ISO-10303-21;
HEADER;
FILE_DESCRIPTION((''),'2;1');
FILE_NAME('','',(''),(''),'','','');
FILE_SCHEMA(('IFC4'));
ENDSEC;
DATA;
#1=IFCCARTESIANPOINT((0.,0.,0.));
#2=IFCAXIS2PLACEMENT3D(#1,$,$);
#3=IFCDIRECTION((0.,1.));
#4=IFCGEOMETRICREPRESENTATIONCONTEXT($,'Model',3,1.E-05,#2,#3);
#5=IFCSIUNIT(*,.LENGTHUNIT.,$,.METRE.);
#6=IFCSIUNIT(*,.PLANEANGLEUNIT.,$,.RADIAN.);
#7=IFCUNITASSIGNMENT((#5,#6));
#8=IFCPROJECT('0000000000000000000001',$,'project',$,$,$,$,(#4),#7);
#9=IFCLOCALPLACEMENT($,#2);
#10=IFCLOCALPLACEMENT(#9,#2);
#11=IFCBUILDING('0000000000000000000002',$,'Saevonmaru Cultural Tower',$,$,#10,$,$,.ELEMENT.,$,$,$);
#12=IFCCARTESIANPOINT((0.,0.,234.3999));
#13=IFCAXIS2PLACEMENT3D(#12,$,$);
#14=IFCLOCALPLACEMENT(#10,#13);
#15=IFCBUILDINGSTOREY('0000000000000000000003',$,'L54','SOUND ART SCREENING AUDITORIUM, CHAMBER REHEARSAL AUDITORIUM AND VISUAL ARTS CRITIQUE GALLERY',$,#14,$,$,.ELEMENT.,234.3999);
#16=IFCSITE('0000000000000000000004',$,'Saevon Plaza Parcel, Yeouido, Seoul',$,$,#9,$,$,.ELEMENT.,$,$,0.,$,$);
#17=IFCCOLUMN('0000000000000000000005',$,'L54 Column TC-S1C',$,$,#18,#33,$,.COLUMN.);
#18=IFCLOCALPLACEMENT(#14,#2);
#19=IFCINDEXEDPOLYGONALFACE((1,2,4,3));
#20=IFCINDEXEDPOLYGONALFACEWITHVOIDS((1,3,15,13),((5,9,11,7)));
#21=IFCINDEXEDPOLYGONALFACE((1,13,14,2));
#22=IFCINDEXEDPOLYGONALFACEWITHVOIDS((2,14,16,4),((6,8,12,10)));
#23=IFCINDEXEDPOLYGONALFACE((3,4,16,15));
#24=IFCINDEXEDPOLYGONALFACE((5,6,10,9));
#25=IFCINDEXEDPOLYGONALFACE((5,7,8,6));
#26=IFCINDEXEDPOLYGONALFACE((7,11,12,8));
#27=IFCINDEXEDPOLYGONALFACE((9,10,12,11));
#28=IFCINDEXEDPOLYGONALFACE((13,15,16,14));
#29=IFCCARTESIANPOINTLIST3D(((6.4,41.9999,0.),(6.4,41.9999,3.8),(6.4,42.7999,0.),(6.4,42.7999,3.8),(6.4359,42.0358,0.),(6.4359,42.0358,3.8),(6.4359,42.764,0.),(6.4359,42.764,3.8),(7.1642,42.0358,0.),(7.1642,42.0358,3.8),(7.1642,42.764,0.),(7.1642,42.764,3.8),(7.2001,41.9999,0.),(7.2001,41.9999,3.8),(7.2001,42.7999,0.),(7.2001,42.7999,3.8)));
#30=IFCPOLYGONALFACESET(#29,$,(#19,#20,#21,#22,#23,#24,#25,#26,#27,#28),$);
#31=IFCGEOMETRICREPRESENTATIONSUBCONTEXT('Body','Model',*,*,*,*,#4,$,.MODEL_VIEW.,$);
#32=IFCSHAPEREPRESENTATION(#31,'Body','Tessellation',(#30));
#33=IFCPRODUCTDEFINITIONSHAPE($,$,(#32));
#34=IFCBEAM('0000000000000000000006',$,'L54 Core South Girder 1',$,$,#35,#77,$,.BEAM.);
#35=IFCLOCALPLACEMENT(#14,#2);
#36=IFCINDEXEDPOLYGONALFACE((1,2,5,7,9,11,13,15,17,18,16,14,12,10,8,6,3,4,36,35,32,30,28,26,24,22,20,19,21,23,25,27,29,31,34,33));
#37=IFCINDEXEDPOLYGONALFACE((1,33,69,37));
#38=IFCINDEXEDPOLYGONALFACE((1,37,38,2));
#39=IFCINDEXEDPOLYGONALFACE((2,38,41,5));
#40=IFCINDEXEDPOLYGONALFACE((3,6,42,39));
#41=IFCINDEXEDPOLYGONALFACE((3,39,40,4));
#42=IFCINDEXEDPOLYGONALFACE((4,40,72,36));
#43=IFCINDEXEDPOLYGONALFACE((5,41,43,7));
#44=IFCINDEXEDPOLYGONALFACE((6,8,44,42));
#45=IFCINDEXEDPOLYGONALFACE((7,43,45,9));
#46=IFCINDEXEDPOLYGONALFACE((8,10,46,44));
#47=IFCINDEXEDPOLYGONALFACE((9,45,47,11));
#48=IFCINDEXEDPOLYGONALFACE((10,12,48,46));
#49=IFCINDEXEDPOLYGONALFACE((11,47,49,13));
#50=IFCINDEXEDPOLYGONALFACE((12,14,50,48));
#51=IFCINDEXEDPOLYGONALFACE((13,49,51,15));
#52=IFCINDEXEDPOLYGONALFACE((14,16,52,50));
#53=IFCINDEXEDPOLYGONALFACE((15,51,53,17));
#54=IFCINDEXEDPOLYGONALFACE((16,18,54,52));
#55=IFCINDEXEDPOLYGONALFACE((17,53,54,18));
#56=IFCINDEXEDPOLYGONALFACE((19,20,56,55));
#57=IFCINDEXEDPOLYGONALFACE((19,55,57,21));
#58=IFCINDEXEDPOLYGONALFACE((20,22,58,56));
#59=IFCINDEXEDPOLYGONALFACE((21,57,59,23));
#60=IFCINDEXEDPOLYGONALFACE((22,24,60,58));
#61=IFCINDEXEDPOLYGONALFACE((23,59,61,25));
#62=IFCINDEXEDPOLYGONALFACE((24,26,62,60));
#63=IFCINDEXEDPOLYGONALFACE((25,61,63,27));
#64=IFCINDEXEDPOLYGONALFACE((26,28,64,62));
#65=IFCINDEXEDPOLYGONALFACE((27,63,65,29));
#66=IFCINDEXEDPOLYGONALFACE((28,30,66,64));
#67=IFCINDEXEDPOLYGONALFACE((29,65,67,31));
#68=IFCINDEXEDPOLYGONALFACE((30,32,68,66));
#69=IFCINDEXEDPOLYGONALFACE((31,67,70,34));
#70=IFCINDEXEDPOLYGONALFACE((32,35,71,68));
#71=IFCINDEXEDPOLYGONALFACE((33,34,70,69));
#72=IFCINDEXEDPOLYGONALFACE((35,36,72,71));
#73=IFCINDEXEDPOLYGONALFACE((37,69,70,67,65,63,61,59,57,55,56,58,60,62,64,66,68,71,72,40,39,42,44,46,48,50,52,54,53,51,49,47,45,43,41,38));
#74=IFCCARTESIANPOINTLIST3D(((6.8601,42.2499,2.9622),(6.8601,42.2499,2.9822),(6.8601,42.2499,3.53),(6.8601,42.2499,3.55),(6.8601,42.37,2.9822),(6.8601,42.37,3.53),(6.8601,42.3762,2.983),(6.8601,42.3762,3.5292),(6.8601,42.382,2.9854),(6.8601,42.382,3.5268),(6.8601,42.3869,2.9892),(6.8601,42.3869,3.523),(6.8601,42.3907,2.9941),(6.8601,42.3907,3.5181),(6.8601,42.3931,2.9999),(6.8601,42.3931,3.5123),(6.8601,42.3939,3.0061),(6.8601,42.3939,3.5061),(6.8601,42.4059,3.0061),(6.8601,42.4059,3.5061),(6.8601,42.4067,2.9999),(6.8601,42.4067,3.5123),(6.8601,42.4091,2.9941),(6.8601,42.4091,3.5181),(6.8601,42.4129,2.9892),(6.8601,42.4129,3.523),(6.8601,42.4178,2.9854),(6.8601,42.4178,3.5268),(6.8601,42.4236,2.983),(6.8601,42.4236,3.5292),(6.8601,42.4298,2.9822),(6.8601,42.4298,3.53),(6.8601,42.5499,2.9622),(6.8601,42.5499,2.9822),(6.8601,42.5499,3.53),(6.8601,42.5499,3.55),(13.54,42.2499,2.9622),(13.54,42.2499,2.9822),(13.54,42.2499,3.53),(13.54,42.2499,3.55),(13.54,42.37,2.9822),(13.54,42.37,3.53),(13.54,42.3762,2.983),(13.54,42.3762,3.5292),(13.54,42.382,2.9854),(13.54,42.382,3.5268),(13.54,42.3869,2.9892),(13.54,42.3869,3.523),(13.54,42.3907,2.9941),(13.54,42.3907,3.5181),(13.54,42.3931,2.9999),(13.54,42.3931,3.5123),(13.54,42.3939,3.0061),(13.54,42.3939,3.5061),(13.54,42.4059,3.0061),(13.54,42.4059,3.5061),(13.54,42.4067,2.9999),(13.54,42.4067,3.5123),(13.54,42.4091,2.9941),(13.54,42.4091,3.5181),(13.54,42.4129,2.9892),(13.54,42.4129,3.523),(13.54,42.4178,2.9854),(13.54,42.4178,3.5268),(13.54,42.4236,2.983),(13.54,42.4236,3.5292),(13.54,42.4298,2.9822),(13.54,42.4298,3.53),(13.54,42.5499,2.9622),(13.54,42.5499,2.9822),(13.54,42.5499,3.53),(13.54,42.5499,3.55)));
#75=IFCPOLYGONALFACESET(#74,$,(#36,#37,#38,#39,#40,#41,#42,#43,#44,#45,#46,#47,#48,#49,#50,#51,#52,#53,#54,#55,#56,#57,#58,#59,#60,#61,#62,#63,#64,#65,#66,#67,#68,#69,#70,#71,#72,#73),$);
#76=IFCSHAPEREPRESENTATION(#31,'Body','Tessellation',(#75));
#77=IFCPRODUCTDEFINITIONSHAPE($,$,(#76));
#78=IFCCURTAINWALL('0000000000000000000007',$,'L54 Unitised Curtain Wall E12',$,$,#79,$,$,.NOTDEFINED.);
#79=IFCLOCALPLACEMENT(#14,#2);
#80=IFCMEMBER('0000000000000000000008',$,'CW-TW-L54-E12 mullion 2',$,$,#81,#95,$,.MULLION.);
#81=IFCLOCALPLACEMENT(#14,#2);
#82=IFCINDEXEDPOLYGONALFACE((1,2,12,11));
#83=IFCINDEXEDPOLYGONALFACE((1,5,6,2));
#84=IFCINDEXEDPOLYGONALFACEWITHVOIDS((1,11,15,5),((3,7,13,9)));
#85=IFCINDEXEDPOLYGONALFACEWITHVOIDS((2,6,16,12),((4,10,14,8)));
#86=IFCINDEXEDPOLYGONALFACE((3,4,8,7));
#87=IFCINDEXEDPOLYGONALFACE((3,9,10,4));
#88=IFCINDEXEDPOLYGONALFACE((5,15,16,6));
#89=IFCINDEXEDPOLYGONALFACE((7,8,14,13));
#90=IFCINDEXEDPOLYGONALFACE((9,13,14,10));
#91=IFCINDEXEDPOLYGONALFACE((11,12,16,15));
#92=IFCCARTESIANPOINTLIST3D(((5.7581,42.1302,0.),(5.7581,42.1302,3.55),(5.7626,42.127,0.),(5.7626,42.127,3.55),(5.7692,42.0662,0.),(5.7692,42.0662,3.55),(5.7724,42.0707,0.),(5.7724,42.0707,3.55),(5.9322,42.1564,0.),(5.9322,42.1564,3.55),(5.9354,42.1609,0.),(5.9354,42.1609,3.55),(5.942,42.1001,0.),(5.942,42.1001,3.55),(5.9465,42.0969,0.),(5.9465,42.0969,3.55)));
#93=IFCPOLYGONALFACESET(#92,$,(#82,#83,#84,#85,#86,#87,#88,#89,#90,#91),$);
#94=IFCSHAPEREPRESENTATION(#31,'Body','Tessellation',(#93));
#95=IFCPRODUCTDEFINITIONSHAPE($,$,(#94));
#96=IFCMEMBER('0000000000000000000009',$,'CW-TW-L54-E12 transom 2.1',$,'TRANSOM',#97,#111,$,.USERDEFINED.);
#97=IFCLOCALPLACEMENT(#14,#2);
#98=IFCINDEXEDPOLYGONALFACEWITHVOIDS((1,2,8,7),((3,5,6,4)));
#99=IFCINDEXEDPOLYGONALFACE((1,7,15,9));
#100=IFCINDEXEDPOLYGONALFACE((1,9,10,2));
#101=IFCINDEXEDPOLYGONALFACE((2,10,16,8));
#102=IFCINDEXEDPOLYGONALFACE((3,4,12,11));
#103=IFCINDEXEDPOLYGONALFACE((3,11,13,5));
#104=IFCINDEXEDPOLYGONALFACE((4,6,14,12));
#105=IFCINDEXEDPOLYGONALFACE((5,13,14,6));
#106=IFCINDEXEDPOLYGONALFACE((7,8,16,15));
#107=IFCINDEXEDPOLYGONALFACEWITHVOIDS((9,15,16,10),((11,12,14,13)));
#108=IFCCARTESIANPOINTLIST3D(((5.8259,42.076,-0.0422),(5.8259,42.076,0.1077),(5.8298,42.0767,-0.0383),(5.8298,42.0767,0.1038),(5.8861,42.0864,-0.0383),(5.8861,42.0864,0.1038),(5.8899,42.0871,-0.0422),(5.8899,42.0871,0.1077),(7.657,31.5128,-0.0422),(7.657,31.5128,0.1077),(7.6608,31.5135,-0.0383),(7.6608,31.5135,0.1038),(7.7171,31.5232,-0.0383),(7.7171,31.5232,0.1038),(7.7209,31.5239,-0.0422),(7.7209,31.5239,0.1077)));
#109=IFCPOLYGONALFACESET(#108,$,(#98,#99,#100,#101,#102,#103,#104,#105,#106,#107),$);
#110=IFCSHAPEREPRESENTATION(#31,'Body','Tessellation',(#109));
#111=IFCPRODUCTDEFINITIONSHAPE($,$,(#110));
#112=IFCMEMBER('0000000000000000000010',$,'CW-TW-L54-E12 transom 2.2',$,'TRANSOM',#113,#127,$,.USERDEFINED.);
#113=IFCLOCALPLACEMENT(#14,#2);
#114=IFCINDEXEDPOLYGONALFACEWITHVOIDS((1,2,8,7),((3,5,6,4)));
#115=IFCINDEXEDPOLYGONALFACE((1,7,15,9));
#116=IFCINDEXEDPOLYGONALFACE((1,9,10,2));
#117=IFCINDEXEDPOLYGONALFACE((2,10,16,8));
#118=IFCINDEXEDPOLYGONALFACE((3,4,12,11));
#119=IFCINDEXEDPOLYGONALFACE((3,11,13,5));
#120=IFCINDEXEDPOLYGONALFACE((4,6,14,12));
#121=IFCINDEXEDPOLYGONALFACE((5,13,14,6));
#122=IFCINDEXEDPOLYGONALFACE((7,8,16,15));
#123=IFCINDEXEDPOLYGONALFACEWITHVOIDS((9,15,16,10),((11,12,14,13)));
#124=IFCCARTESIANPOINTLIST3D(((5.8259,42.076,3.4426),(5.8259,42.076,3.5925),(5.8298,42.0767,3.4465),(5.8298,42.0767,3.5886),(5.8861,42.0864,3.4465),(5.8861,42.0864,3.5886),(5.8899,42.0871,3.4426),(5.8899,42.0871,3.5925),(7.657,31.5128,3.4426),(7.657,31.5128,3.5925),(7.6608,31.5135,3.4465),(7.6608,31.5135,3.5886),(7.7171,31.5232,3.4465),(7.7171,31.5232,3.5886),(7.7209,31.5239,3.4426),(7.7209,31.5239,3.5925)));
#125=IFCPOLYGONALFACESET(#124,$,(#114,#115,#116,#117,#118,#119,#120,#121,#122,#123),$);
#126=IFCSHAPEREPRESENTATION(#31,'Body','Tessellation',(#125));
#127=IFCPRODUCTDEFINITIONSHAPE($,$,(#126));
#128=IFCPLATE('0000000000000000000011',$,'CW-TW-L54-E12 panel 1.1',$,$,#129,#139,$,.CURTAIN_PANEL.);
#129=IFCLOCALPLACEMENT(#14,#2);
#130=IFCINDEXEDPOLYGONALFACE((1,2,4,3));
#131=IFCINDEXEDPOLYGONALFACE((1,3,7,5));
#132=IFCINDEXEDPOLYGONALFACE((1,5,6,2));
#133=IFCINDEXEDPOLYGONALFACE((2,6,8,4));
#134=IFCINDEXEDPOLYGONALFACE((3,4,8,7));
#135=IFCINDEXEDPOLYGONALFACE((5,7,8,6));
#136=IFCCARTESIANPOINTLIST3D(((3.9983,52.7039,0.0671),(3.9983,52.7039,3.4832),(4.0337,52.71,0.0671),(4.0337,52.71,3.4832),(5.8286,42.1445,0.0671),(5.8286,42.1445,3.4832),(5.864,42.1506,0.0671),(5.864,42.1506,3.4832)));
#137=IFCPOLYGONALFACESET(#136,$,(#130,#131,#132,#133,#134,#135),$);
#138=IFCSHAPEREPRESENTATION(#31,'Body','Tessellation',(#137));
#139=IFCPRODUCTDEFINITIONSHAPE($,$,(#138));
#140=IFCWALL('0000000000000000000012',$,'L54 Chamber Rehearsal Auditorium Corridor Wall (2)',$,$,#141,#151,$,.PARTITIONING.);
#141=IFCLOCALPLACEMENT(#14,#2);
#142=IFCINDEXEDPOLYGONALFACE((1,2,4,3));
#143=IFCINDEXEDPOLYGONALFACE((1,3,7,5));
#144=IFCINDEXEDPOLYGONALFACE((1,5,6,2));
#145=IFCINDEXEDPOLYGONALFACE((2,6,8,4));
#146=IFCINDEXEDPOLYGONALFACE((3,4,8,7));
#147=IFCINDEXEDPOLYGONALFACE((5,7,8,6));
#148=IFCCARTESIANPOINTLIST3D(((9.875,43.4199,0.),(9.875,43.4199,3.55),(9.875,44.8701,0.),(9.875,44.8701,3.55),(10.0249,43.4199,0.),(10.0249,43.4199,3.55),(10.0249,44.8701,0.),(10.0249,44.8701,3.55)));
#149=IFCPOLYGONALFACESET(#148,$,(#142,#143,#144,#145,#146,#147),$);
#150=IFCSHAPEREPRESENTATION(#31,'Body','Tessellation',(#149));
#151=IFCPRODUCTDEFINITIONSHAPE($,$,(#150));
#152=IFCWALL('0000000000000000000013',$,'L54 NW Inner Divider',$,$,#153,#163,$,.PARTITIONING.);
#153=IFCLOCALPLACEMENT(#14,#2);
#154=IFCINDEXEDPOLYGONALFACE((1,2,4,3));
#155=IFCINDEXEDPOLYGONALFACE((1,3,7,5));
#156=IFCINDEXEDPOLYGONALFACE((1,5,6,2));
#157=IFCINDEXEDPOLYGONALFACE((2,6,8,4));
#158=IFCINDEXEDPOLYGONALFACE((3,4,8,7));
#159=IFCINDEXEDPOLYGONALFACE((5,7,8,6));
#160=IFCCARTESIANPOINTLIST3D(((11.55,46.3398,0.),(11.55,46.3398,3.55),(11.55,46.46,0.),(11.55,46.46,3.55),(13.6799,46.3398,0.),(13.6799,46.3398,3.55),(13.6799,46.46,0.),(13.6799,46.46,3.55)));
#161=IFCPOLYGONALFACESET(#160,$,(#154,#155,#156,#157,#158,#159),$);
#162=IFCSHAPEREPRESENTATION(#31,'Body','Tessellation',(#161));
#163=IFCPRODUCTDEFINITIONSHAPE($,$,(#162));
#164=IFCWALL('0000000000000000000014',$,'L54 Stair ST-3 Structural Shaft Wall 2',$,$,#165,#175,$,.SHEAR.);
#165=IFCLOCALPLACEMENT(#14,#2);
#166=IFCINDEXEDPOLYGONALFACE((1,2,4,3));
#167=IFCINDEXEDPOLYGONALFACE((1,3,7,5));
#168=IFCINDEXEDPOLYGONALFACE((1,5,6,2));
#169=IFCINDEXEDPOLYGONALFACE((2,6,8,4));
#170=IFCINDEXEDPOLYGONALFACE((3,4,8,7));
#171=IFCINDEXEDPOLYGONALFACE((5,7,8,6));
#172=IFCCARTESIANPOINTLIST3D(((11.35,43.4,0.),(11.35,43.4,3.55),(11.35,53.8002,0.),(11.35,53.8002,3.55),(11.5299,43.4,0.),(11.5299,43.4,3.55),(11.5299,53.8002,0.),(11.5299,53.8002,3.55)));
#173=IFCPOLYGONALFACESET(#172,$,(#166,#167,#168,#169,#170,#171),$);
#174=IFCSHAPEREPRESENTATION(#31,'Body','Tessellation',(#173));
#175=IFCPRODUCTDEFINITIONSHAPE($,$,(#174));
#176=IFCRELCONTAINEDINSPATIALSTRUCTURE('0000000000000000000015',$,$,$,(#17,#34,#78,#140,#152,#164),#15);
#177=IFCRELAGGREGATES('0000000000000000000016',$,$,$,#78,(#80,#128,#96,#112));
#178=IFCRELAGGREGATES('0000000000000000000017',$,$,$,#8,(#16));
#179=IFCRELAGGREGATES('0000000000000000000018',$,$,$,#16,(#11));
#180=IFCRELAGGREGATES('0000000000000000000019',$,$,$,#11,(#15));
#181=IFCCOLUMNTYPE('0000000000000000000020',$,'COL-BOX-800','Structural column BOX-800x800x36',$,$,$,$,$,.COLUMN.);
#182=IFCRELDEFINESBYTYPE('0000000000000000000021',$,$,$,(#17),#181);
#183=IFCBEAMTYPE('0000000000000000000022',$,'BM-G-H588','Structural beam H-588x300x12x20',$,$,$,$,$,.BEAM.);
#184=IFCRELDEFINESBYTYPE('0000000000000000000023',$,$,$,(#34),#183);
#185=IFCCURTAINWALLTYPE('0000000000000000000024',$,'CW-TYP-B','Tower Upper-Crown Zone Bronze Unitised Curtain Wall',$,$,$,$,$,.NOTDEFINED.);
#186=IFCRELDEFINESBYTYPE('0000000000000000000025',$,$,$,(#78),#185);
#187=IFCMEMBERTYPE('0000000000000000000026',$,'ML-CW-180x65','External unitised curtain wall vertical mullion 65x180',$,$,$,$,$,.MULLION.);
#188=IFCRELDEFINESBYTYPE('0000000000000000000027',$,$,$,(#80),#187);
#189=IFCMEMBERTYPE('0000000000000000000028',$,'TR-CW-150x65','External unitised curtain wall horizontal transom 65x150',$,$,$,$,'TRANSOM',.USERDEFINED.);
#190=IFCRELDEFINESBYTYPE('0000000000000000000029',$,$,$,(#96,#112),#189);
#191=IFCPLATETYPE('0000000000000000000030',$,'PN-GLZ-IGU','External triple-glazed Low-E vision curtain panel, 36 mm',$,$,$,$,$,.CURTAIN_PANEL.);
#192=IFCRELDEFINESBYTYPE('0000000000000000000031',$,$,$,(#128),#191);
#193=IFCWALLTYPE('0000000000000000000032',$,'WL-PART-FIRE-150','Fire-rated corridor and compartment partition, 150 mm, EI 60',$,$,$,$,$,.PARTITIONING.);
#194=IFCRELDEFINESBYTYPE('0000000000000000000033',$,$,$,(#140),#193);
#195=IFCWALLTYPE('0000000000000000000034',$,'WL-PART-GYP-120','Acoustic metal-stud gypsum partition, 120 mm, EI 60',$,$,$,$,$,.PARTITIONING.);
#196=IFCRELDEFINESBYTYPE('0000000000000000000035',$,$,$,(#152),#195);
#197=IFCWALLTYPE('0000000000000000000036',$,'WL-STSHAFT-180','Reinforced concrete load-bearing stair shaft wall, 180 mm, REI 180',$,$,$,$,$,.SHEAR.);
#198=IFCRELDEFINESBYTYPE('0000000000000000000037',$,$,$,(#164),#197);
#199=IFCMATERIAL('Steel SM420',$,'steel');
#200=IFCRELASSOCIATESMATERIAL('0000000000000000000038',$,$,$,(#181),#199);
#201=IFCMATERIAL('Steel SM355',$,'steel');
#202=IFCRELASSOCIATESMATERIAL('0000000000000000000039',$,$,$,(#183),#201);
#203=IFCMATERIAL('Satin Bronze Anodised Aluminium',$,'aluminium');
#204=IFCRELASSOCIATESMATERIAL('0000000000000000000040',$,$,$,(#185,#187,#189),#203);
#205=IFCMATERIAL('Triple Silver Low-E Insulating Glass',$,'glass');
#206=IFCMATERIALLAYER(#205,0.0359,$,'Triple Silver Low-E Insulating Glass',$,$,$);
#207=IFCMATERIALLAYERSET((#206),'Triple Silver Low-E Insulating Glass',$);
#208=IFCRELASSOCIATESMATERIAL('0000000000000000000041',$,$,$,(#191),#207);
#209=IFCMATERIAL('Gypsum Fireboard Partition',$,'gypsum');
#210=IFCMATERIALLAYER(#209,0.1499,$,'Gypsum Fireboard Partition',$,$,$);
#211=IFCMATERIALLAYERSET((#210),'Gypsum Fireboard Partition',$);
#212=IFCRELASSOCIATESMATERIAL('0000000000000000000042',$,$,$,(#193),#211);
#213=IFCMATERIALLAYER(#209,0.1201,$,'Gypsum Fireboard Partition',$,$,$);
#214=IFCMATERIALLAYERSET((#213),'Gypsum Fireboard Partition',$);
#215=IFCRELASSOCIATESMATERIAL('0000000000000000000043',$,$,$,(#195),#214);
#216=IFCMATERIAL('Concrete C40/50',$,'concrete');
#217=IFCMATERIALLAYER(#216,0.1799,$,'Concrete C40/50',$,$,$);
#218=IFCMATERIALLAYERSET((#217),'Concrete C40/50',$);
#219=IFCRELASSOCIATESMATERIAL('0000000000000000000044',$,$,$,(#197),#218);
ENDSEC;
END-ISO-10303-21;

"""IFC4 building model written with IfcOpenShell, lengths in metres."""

from ifc_helpers import new_model, si_unit, direction, frame, frame_2d, origin, origin_2d, place, context, subcontext, project, spatial, rectangle, hollow_rectangle, i_section, extrude, material, layer, layer_set, material_profile, profile_set, type_object, element, aggregate, save


model = new_model("IFC4")

# Units and contexts
model_context = context("Model", 3, precision=1e-05, world=origin(), true_north=direction((0.0, 1.0)))
body_context = subcontext(model_context, "Body", "Model", "MODEL_VIEW")
ifc_project = project(units=[si_unit("LENGTHUNIT", "METRE"), si_unit("PLANEANGLEUNIT", "RADIAN")], contexts=[model_context])

# Site, building, storey
site_placement = place(None, origin())
site = spatial("IfcSite", under=ifc_project, at=site_placement, Name="Saevon Plaza Parcel, Yeouido, Seoul", CompositionType="ELEMENT", RefElevation=0.0)
building_placement = place(site_placement, origin())
building = spatial("IfcBuilding", under=site, at=building_placement, Name="Saevonmaru Cultural Tower", CompositionType="ELEMENT")
storey_placement = place(building_placement, frame((0.0, 0.0, 234.3999)))
storey = spatial("IfcBuildingStorey", under=building, at=storey_placement, Name="L54", Description="SOUND ART SCREENING AUDITORIUM, CHAMBER REHEARSAL AUDITORIUM AND VISUAL ARTS CRITIQUE GALLERY", CompositionType="ELEMENT", Elevation=234.3999)

# Column
ifc_material_1 = material(Name="Steel SM420", Category="steel")
ifc_material_profile_1 = material_profile(ifc_material_1, hollow_rectangle(XDim=0.8, YDim=0.8, WallThickness=0.0359, at=origin_2d()), Name="BOX-800x800x36")
ifc_profile_set_1 = profile_set([ifc_material_profile_1], Name="Steel SM420")
column_type = type_object("IfcColumnType", Name="COL-BOX-800", Description="Structural column BOX-800x800x36", PredefinedType="COLUMN", material=ifc_profile_set_1)
column_placement = place(storey_placement, frame((6.8, 42.3999, 0.0), z_axis=(0.0, 0.0, 1.0), x_axis=(1.0, 0.0, 0.0)))
element("IfcColumn", 1, at=column_placement, inside=storey, type_object=column_type, Name="L54 Column TC-S1C", PredefinedType="COLUMN", context=body_context, shape_type="SweptSolid", body=[
    extrude(hollow_rectangle(XDim=0.8, YDim=0.8, WallThickness=0.0359, at=origin_2d()), origin(), (0.0, 0.0, 1.0), 3.8),
])

# Beam
ifc_material_2 = material(Name="Steel SM355", Category="steel")
ifc_material_profile_2 = material_profile(ifc_material_2, i_section(OverallWidth=0.3, OverallDepth=0.5879, WebThickness=0.012, FlangeThickness=0.02, FilletRadius=0.0239, at=origin_2d()), Name="H-588x300x12x20")
ifc_profile_set_2 = profile_set([ifc_material_profile_2], Name="Steel SM355")
beam_type = type_object("IfcBeamType", Name="BM-G-H588", Description="Structural beam H-588x300x12x20", PredefinedType="BEAM", material=ifc_profile_set_2)
beam_placement = place(storey_placement, frame((6.8601, 42.3999, 3.2561), z_axis=(1.0, 0.0, 0.0), x_axis=(0.0, 1.0, 0.0)))
element("IfcBeam", 2, at=beam_placement, inside=storey, type_object=beam_type, Name="L54 Core South Girder 1", PredefinedType="BEAM", context=body_context, shape_type="SweptSolid", body=[
    extrude(i_section(OverallWidth=0.3, OverallDepth=0.5879, WebThickness=0.012, FlangeThickness=0.02, FilletRadius=0.0239, at=origin_2d()), origin(), (0.0, 0.0, 1.0), 6.6799),
])

# Curtain wall, members, plate
ifc_material_3 = material(Name="Satin Bronze Anodised Aluminium", Category="aluminium")
curtain_wall_type = type_object("IfcCurtainWallType", Name="CW-TYP-B", Description="Tower Upper-Crown Zone Bronze Unitised Curtain Wall", PredefinedType="NOTDEFINED", material=ifc_material_3)
curtain_wall_placement = place(storey_placement, origin())
curtain_wall = element("IfcCurtainWall", 3, at=curtain_wall_placement, inside=storey, type_object=curtain_wall_type, Name="L54 Unitised Curtain Wall E12", PredefinedType="NOTDEFINED")
ifc_material_profile_3 = material_profile(ifc_material_3, hollow_rectangle(XDim=0.0649, YDim=0.1799, WallThickness=0.0039, at=origin_2d()), Name="ALU-MULL-180x65x4")
ifc_profile_set_3 = profile_set([ifc_material_profile_3], Name="Satin Bronze Anodised Aluminium")
member_type_1 = type_object("IfcMemberType", Name="ML-CW-180x65", Description="External unitised curtain wall vertical mullion 65x180", PredefinedType="MULLION", material=ifc_profile_set_3)
member_1_placement = place(storey_placement, frame((5.8523, 42.1135, 0.0), z_axis=(0.0, 0.0, 1.0), x_axis=(0.17079, -0.985307, 0.0)))
member_1 = element("IfcMember", 4, at=member_1_placement, type_object=member_type_1, Name="CW-TW-L54-E12 mullion 2", PredefinedType="MULLION", context=body_context, shape_type="SweptSolid", body=[
    extrude(hollow_rectangle(XDim=0.0649, YDim=0.1799, WallThickness=0.0039, at=origin_2d()), origin(), (0.0, 0.0, 1.0), 3.55),
])
ifc_material_profile_4 = material_profile(ifc_material_3, hollow_rectangle(XDim=0.0649, YDim=0.1499, WallThickness=0.0039, at=origin_2d()), Name="ALU-TRAN-150x65x4")
ifc_profile_set_4 = profile_set([ifc_material_profile_4], Name="Satin Bronze Anodised Aluminium")
member_type_2 = type_object("IfcMemberType", Name="TR-CW-150x65", Description="External unitised curtain wall horizontal transom 65x150", ElementType="TRANSOM", PredefinedType="USERDEFINED", material=ifc_profile_set_4)
member_2_placement = place(storey_placement, frame((5.8579, 42.0815, 0.0327), z_axis=(0.170795, -0.985307, 0.0), x_axis=(0.985307, 0.170795, 0.0)))
member_2 = element("IfcMember", 5, at=member_2_placement, type_object=member_type_2, Name="CW-TW-L54-E12 transom 2.1", ObjectType="TRANSOM", PredefinedType="USERDEFINED", context=body_context, shape_type="SweptSolid", body=[
    extrude(hollow_rectangle(XDim=0.0649, YDim=0.1499, WallThickness=0.0039, at=origin_2d()), origin(), (0.0, 0.0, 1.0), 10.7207),
])
member_3_placement = place(storey_placement, frame((5.8579, 42.0815, 3.5176), z_axis=(0.170795, -0.985307, 0.0), x_axis=(0.985307, 0.170795, 0.0)))
member_3 = element("IfcMember", 6, at=member_3_placement, type_object=member_type_2, Name="CW-TW-L54-E12 transom 2.2", ObjectType="TRANSOM", PredefinedType="USERDEFINED", context=body_context, shape_type="SweptSolid", body=[
    extrude(hollow_rectangle(XDim=0.0649, YDim=0.1499, WallThickness=0.0039, at=origin_2d()), origin(), (0.0, 0.0, 1.0), 10.7207),
])
ifc_material_4 = material(Name="Triple Silver Low-E Insulating Glass", Category="glass")
ifc_layer_1 = layer(ifc_material_4, 0.0359, Name="Triple Silver Low-E Insulating Glass")
ifc_layer_set_1 = layer_set([ifc_layer_1], Name="Triple Silver Low-E Insulating Glass")
plate_type = type_object("IfcPlateType", Name="PN-GLZ-IGU", Description="External triple-glazed Low-E vision curtain panel, 36 mm", PredefinedType="CURTAIN_PANEL", material=ifc_layer_set_1)
plate_placement = place(storey_placement, frame((4.9312, 47.4272, 0.0671), z_axis=(0.0, 0.0, 1.0), x_axis=(0.17079, -0.985307, 0.0)))
plate = element("IfcPlate", 7, at=plate_placement, type_object=plate_type, Name="CW-TW-L54-E12 panel 1.1", PredefinedType="CURTAIN_PANEL", context=body_context, shape_type="SweptSolid", body=[
    extrude(rectangle(XDim=10.7168, YDim=0.0359, at=origin_2d()), origin(), (0.0, 0.0, 1.0), 3.416),
])
aggregate(curtain_wall, [member_1, plate, member_2, member_3])

# Shared definitions
ifc_material_5 = material(Name="Gypsum Fireboard Partition", Category="gypsum")
ifc_layer_2 = layer(ifc_material_5, 0.1499, Name="Gypsum Fireboard Partition")
ifc_layer_set_2 = layer_set([ifc_layer_2], Name="Gypsum Fireboard Partition")
wall_type_1 = type_object("IfcWallType", Name="WL-PART-FIRE-150", Description="Fire-rated corridor and compartment partition, 150 mm, EI 60", PredefinedType="PARTITIONING", material=ifc_layer_set_2)

# Wall
wall_1_placement = place(storey_placement, frame((9.95, 43.4199, 0.0), z_axis=(0.0, 0.0, 1.0), x_axis=(0.0, 1.0, 0.0)))
element("IfcWall", 8, at=wall_1_placement, inside=storey, type_object=wall_type_1, Name="L54 Chamber Rehearsal Auditorium Corridor Wall (2)", PredefinedType="PARTITIONING", context=body_context, shape_type="SweptSolid", body=[
    extrude(rectangle(XDim=1.4502, YDim=0.1499, at=frame_2d((0.7251, 0.0))), origin(), (0.0, 0.0, 1.0), 3.55),
])

# Wall
ifc_layer_3 = layer(ifc_material_5, 0.1201, Name="Gypsum Fireboard Partition")
ifc_layer_set_3 = layer_set([ifc_layer_3], Name="Gypsum Fireboard Partition")
wall_type_2 = type_object("IfcWallType", Name="WL-PART-GYP-120", Description="Acoustic metal-stud gypsum partition, 120 mm, EI 60", PredefinedType="PARTITIONING", material=ifc_layer_set_3)
wall_2_placement = place(storey_placement, frame((11.55, 46.3999, 0.0), z_axis=(0.0, 0.0, 1.0), x_axis=(1.0, 0.0, 0.0)))
element("IfcWall", 9, at=wall_2_placement, inside=storey, type_object=wall_type_2, Name="L54 NW Inner Divider", PredefinedType="PARTITIONING", context=body_context, shape_type="SweptSolid", body=[
    extrude(rectangle(XDim=2.1299, YDim=0.1201, at=frame_2d((1.0649, 0.0))), origin(), (0.0, 0.0, 1.0), 3.55),
])

# Shared definitions
ifc_material_6 = material(Name="Concrete C40/50", Category="concrete")
ifc_layer_4 = layer(ifc_material_6, 0.1799, Name="Concrete C40/50")
ifc_layer_set_4 = layer_set([ifc_layer_4], Name="Concrete C40/50")
wall_type_3 = type_object("IfcWallType", Name="WL-STSHAFT-180", Description="Reinforced concrete load-bearing stair shaft wall, 180 mm, REI 180", PredefinedType="SHEAR", material=ifc_layer_set_4)

# Wall
wall_3_placement = place(storey_placement, frame((11.4399, 43.3999, 0.0), z_axis=(0.0, 0.0, 1.0), x_axis=(0.0, 1.0, 0.0)))
element("IfcWall", 10, at=wall_3_placement, inside=storey, type_object=wall_type_3, Name="L54 Stair ST-3 Structural Shaft Wall 2", PredefinedType="SHEAR", context=body_context, shape_type="SweptSolid", body=[
    extrude(rectangle(XDim=10.4001, YDim=0.1799, at=frame_2d((5.2002, 0.0))), origin(), (0.0, 0.0, 1.0), 3.55),
])

save(model, "model.ifc")
